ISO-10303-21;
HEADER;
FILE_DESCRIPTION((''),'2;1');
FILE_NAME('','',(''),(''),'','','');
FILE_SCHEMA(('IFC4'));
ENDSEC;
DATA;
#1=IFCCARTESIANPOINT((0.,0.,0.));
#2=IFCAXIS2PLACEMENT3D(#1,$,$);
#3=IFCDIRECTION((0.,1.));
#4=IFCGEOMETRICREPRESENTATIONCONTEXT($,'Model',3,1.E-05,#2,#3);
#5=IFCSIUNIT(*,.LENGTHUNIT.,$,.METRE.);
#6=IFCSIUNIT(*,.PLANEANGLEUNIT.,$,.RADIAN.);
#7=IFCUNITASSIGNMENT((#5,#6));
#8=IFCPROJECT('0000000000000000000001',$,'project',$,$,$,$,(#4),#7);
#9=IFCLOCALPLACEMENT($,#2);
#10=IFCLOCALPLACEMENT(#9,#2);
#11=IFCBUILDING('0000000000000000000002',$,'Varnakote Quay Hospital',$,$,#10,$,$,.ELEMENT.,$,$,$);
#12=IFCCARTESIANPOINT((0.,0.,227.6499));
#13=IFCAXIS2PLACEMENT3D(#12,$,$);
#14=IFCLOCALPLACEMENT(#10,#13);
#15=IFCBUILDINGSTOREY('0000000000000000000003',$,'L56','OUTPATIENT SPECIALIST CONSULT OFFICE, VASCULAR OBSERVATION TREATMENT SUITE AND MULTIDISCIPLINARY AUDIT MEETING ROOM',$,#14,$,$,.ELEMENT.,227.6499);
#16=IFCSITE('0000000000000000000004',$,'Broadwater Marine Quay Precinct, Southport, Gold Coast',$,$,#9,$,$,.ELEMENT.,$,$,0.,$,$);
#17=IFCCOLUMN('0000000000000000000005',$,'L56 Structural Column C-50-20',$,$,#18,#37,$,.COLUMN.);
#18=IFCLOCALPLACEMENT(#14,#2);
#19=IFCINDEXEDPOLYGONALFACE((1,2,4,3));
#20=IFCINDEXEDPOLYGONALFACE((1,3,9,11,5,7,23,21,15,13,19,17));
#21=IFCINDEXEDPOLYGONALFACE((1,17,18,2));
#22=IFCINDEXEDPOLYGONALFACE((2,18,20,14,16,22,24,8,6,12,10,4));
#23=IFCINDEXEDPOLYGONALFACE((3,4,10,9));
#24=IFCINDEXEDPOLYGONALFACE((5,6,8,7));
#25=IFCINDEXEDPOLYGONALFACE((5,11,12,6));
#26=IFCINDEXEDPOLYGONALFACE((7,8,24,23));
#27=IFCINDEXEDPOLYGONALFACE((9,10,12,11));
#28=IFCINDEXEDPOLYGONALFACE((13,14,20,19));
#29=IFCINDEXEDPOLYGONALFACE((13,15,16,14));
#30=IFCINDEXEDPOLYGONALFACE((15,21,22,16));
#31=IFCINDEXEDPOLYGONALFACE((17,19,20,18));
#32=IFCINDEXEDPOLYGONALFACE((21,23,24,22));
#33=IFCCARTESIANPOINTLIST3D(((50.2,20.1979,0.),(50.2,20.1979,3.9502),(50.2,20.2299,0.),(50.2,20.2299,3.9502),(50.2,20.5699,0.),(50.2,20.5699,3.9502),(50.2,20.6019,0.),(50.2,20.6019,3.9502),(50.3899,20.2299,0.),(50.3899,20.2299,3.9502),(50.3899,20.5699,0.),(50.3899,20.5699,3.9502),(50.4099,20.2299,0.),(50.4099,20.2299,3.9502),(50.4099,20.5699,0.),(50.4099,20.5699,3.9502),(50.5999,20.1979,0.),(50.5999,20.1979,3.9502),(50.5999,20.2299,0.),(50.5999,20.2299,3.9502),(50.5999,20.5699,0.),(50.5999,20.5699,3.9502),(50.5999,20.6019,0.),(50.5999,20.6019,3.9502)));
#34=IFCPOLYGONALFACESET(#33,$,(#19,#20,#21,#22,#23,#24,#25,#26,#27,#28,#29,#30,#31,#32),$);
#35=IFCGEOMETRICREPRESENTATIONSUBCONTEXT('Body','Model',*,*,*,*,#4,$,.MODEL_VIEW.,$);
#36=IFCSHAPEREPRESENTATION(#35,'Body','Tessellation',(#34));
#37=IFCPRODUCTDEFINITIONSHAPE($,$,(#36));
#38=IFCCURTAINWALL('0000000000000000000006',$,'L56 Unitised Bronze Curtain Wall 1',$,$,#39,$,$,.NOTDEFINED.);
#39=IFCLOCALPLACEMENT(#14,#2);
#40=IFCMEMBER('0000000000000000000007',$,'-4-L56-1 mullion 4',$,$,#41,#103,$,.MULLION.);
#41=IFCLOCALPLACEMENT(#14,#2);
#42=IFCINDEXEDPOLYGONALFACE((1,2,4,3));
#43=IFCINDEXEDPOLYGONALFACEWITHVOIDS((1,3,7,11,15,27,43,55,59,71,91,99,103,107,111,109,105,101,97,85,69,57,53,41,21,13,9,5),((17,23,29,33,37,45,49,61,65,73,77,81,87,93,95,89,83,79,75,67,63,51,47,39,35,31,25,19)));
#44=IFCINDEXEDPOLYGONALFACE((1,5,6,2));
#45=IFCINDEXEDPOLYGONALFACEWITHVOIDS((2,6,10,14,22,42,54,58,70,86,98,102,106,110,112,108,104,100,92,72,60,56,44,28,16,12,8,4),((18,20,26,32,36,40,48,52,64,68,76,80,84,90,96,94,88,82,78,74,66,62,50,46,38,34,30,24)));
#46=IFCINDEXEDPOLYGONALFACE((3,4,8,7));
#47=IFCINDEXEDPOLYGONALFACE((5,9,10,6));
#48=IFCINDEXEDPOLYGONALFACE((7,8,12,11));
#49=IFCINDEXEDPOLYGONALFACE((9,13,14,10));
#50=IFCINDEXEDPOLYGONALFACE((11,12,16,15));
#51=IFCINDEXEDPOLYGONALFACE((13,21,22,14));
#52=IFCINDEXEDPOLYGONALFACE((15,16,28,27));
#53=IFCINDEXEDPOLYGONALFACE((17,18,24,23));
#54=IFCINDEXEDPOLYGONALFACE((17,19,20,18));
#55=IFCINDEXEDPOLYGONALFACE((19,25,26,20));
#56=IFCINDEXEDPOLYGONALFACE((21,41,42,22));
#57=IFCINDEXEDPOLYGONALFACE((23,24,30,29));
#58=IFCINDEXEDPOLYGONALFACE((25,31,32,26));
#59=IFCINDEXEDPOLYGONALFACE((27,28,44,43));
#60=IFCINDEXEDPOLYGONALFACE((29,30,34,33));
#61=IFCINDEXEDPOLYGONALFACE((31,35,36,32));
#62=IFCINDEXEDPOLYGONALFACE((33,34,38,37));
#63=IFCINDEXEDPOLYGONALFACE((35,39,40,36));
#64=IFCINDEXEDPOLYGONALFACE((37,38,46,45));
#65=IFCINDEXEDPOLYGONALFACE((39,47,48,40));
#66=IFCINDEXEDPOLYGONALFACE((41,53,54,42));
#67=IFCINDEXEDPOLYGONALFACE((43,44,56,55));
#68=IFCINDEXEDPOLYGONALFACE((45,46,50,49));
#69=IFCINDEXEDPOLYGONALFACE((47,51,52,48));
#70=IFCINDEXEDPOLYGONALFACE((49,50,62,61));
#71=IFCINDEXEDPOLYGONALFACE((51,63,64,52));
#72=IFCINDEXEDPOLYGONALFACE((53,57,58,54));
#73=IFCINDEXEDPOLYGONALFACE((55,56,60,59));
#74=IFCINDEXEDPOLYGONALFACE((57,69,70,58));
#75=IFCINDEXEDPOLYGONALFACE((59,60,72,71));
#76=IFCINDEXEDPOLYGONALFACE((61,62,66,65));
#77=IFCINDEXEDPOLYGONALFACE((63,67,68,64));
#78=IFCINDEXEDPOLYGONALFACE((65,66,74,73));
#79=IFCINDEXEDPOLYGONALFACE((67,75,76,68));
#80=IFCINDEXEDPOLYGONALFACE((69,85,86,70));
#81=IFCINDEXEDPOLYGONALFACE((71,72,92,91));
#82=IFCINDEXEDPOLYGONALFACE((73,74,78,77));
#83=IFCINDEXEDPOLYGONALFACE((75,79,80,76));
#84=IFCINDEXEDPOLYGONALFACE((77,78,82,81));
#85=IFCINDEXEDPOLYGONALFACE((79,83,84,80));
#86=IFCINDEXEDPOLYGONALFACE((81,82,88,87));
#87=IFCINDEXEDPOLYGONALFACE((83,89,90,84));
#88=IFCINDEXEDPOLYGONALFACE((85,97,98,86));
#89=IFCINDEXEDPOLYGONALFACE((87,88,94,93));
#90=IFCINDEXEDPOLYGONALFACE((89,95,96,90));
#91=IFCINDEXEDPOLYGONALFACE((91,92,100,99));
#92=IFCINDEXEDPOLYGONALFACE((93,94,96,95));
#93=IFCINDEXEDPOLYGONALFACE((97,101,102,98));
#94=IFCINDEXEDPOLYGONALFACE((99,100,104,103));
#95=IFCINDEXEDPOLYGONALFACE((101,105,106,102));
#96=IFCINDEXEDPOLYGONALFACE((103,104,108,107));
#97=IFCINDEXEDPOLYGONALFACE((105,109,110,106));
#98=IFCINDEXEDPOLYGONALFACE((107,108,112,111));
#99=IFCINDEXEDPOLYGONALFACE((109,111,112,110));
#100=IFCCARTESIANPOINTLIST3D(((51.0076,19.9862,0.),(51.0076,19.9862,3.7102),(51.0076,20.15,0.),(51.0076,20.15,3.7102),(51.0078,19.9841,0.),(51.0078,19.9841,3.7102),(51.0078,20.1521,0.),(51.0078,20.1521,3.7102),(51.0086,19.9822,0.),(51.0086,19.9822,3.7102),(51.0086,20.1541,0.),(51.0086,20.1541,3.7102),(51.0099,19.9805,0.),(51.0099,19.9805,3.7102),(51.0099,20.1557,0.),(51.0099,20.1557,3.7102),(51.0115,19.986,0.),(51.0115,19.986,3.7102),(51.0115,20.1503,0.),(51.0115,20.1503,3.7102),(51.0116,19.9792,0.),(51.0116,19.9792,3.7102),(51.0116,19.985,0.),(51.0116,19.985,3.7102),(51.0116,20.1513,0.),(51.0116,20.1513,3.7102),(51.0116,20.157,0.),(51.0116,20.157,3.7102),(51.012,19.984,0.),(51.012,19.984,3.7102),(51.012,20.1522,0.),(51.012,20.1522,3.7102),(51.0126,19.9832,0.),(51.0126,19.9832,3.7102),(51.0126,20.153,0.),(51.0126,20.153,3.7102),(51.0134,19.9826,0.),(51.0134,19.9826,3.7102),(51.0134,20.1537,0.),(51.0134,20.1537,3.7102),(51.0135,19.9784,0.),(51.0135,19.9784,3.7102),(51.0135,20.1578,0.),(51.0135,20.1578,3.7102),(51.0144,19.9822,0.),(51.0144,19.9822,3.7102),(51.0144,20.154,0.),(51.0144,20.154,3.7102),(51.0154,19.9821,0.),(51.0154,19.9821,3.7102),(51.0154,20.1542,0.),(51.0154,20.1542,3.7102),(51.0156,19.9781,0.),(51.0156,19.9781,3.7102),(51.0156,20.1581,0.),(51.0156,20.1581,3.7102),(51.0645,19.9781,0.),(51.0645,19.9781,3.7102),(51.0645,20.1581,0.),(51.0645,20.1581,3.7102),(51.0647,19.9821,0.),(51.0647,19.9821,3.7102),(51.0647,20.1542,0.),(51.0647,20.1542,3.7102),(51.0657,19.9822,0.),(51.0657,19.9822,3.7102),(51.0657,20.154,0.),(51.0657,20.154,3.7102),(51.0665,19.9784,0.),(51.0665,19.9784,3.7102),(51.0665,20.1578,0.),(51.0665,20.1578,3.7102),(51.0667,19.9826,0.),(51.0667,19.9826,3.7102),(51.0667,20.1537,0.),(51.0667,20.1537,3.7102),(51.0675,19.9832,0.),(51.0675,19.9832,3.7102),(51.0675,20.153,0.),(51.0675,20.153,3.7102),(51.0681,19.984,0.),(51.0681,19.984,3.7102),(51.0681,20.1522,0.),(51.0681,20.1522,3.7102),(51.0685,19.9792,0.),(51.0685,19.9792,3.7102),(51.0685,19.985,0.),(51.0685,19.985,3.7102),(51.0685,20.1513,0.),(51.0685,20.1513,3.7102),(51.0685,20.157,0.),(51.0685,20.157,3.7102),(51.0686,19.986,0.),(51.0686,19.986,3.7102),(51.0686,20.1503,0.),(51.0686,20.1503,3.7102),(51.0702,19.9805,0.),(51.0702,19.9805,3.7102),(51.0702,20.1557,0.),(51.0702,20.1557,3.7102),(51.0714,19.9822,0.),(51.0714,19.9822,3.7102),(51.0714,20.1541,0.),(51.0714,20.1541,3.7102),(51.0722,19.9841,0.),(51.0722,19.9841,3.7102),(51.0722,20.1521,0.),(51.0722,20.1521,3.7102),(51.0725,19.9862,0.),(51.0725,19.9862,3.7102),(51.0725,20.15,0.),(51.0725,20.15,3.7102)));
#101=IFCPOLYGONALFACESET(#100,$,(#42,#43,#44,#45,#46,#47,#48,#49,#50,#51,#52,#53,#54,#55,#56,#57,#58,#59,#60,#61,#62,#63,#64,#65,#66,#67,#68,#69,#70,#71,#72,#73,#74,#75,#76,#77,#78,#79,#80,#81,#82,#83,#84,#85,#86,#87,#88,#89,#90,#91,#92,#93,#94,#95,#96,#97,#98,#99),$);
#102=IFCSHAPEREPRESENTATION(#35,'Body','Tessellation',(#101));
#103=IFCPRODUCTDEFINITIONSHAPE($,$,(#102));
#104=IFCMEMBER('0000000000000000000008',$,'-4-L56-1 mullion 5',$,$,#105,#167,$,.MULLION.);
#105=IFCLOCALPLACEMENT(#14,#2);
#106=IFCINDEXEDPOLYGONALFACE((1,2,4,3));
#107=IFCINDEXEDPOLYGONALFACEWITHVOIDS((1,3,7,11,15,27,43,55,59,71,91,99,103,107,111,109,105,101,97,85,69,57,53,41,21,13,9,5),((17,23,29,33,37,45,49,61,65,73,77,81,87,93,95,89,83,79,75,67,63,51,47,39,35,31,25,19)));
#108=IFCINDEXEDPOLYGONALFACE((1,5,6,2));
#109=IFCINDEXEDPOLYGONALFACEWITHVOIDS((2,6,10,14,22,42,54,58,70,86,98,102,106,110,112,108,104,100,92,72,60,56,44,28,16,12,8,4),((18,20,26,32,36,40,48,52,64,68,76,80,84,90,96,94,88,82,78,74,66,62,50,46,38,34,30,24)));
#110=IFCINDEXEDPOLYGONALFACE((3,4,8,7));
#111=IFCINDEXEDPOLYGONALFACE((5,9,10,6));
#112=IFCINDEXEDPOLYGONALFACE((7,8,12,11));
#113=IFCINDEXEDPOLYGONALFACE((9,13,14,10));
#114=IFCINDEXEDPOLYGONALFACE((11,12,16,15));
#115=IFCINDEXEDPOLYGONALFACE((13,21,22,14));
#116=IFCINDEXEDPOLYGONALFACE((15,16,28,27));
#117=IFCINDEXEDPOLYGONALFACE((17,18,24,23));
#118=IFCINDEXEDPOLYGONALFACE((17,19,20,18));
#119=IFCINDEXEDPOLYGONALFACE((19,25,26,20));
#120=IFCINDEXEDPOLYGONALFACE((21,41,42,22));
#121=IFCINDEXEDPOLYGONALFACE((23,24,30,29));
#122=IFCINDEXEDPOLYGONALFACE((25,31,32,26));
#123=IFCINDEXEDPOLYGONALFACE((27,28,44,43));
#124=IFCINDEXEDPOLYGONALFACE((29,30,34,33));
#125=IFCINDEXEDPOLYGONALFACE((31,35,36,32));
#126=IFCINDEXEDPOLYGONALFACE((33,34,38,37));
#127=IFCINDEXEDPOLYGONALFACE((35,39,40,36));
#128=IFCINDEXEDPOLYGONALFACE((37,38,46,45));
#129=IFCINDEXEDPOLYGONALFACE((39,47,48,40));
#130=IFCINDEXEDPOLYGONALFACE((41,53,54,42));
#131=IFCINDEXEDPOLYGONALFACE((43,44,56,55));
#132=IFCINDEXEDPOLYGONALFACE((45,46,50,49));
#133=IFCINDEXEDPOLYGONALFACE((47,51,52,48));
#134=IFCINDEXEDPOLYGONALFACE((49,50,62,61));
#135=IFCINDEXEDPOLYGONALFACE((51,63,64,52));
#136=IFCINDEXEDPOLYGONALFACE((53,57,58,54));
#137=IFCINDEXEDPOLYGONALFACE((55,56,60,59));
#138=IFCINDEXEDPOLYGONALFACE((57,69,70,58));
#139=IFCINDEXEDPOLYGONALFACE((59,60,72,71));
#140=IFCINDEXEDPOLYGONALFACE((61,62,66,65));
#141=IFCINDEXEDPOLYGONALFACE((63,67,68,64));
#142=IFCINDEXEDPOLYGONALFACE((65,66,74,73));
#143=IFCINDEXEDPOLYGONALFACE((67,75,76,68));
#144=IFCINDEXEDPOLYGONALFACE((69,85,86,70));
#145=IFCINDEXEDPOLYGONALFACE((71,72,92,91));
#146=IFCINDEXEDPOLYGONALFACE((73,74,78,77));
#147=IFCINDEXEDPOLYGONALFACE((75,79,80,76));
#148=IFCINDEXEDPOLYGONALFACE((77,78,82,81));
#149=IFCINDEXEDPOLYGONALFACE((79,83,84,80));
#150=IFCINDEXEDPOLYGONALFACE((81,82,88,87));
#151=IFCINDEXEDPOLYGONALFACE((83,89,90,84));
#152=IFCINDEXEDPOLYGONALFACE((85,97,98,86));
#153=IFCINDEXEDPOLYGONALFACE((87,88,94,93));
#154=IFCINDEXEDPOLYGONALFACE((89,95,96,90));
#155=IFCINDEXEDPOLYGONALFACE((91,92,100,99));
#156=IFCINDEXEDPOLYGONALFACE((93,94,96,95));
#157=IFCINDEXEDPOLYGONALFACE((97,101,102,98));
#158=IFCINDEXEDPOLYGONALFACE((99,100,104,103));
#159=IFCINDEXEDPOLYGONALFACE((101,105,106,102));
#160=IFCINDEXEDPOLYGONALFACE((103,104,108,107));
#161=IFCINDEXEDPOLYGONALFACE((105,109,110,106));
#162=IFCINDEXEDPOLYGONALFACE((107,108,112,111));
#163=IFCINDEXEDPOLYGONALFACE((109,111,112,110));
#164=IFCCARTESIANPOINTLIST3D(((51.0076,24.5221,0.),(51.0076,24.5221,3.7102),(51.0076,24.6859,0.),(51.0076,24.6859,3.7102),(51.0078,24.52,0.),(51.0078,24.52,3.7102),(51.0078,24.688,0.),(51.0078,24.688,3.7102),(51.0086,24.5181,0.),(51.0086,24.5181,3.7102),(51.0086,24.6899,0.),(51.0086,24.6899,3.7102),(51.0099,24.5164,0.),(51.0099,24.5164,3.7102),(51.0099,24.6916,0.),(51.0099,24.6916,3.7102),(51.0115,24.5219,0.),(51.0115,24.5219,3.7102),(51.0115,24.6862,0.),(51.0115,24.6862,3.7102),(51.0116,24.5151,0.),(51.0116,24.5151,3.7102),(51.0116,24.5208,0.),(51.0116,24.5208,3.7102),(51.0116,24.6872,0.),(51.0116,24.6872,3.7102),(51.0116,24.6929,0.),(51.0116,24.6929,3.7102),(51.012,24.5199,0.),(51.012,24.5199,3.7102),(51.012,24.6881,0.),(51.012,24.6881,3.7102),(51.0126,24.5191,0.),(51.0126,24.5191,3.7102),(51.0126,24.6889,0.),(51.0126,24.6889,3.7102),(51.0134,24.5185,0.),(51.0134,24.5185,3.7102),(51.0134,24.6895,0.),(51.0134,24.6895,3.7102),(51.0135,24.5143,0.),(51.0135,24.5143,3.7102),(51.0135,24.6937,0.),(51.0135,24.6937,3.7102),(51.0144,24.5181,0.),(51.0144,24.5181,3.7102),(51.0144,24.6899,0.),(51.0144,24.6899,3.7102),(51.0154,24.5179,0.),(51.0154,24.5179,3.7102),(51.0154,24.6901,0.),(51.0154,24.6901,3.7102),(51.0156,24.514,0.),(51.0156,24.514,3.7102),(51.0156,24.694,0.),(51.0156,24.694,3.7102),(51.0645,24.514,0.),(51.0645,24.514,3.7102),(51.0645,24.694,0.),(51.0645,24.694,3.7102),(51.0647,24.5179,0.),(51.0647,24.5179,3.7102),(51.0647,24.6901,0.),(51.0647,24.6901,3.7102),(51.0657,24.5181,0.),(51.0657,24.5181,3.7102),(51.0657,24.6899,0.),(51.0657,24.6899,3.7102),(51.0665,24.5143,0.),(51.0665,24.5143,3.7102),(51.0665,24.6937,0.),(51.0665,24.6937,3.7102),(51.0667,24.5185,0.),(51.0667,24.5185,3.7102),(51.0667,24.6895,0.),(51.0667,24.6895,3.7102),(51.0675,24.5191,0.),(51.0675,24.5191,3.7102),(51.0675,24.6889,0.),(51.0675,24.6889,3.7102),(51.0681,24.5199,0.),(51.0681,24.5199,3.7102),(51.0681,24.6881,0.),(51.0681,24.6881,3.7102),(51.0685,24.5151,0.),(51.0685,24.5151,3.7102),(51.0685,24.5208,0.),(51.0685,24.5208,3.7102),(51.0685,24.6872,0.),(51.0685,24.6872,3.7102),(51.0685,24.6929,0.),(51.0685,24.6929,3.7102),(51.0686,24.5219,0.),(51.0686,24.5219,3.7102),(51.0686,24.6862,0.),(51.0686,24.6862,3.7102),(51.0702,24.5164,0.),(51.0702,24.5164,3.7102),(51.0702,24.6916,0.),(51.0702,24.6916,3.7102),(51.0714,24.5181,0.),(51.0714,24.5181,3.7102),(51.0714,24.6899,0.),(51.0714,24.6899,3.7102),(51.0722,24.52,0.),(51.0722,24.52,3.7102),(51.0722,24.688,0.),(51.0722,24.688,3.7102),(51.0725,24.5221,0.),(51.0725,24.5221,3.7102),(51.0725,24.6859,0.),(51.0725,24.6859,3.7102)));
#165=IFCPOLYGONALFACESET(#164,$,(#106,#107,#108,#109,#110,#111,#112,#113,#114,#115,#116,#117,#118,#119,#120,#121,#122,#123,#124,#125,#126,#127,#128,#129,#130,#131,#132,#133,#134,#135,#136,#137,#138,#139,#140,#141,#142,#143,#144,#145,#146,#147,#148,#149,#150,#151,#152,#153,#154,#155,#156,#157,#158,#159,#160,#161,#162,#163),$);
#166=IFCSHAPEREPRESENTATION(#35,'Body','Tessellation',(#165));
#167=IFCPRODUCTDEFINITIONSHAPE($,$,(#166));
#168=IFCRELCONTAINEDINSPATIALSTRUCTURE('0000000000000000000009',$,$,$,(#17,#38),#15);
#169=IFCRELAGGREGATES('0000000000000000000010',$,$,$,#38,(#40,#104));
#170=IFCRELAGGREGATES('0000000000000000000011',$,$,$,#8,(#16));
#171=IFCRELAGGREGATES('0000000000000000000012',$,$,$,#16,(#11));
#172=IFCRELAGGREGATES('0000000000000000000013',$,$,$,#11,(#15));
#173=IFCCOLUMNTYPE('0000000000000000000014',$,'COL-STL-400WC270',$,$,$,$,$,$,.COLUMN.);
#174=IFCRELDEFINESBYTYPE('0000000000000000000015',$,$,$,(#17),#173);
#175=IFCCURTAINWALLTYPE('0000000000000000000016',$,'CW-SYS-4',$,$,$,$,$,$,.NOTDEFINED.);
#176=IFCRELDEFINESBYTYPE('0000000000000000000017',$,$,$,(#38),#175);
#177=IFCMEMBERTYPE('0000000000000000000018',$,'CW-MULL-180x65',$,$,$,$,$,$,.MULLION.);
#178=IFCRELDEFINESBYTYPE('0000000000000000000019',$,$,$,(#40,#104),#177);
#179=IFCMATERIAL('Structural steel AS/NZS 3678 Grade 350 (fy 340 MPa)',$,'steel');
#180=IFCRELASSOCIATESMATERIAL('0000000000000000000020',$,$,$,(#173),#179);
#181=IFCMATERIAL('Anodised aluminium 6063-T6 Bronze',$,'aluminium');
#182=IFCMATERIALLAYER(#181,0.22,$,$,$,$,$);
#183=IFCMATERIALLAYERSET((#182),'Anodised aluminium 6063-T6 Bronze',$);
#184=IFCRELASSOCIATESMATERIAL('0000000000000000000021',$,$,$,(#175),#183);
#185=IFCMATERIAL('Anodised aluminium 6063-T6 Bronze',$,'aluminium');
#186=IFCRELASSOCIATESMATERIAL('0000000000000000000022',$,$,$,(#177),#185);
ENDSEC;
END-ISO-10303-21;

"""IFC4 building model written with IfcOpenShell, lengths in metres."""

from ifc_helpers import new_model, si_unit, direction, frame, origin, origin_2d, place, context, subcontext, project, spatial, hollow_rectangle, i_section, extrude, material, layer, layer_set, material_profile, profile_set, type_object, element, aggregate, save


model = new_model("IFC4")

# Units and contexts
model_context = context("Model", 3, precision=1e-05, world=origin(), true_north=direction((0.0, 1.0)))
body_context = subcontext(model_context, "Body", "Model", "MODEL_VIEW")
ifc_project = project(units=[si_unit("LENGTHUNIT", "METRE"), si_unit("PLANEANGLEUNIT", "RADIAN")], contexts=[model_context])

# Site, building, storey
site_placement = place(None, origin())
site = spatial("IfcSite", under=ifc_project, at=site_placement, Name="Broadwater Marine Quay Precinct, Southport, Gold Coast", CompositionType="ELEMENT", RefElevation=0.0)
building_placement = place(site_placement, origin())
building = spatial("IfcBuilding", under=site, at=building_placement, Name="Varnakote Quay Hospital", CompositionType="ELEMENT")
storey_placement = place(building_placement, frame((0.0, 0.0, 227.6499)))
storey = spatial("IfcBuildingStorey", under=building, at=storey_placement, Name="L56", Description="OUTPATIENT SPECIALIST CONSULT OFFICE, VASCULAR OBSERVATION TREATMENT SUITE AND MULTIDISCIPLINARY AUDIT MEETING ROOM", CompositionType="ELEMENT", Elevation=227.6499)

# Column
ifc_material_1 = material(Name="Structural steel AS/NZS 3678 Grade 350 (fy 340 MPa)", Category="steel")
ifc_material_profile_1 = material_profile(ifc_material_1, i_section(OverallWidth=0.3999, OverallDepth=0.4041, WebThickness=0.02, FlangeThickness=0.032, at=origin_2d()), Name="400WC270")
ifc_profile_set_1 = profile_set([ifc_material_profile_1], Name="Structural steel AS/NZS 3678 Grade 350 (fy 340 MPa)")
column_type = type_object("IfcColumnType", Name="COL-STL-400WC270", PredefinedType="COLUMN", material=ifc_profile_set_1)
column_placement = place(storey_placement, frame((50.3999, 20.3999, 0.0), z_axis=(0.0, 0.0, 1.0), x_axis=(1.0, 0.0, 0.0)))
element("IfcColumn", 1, at=column_placement, inside=storey, type_object=column_type, Name="L56 Structural Column C-50-20", PredefinedType="COLUMN", context=body_context, shape_type="SweptSolid", body=[
    extrude(i_section(OverallWidth=0.3999, OverallDepth=0.4041, WebThickness=0.02, FlangeThickness=0.032, at=origin_2d()), origin(), (0.0, 0.0, 1.0), 3.9502),
])

# Curtain wall, members
ifc_material_2 = material(Name="Anodised aluminium 6063-T6 Bronze", Category="aluminium")
ifc_layer_1 = layer(ifc_material_2, 0.22)
ifc_layer_set_1 = layer_set([ifc_layer_1], Name="Anodised aluminium 6063-T6 Bronze")
curtain_wall_type = type_object("IfcCurtainWallType", Name="CW-SYS-4", PredefinedType="NOTDEFINED", material=ifc_layer_set_1)
curtain_wall_1_placement = place(storey_placement, origin())
curtain_wall_1 = element("IfcCurtainWall", 2, at=curtain_wall_1_placement, inside=storey, type_object=curtain_wall_type, Name="L56 Unitised Bronze Curtain Wall 1", PredefinedType="NOTDEFINED")
ifc_material_3 = material(Name="Anodised aluminium 6063-T6 Bronze", Category="aluminium")
ifc_material_profile_2 = material_profile(ifc_material_3, hollow_rectangle(XDim=0.0649, YDim=0.1799, WallThickness=0.0039, InnerFilletRadius=0.0039, OuterFilletRadius=0.0081, at=origin_2d()), Name="CW-MULL-180x65")
ifc_profile_set_2 = profile_set([ifc_material_profile_2], Name="Anodised aluminium 6063-T6 Bronze")
member_type_1 = type_object("IfcMemberType", Name="CW-MULL-180x65", PredefinedType="MULLION", material=ifc_profile_set_2)
member_1_placement = place(storey_placement, frame((51.04, 20.0681, 0.0), z_axis=(0.0, 0.0, 1.0), x_axis=(-1.0, 0.0, 0.0)))
member_1 = element("IfcMember", 3, at=member_1_placement, type_object=member_type_1, Name="-4-L56-1 mullion 4", PredefinedType="MULLION", context=body_context, shape_type="SweptSolid", body=[
    extrude(hollow_rectangle(XDim=0.0649, YDim=0.1799, WallThickness=0.0039, InnerFilletRadius=0.0039, OuterFilletRadius=0.0081, at=origin_2d()), origin(), (0.0, 0.0, 1.0), 3.7102),
])
member_2_placement = place(storey_placement, frame((51.04, 24.604, 0.0), z_axis=(0.0, 0.0, 1.0), x_axis=(-1.0, 0.0, 0.0)))
member_2 = element("IfcMember", 4, at=member_2_placement, type_object=member_type_1, Name="-4-L56-1 mullion 5", PredefinedType="MULLION", context=body_context, shape_type="SweptSolid", body=[
    extrude(hollow_rectangle(XDim=0.0649, YDim=0.1799, WallThickness=0.0039, InnerFilletRadius=0.0039, OuterFilletRadius=0.0081, at=origin_2d()), origin(), (0.0, 0.0, 1.0), 3.7102),
])

aggregate(curtain_wall_1, [member_1, member_2])

save(model, "model.ifc")
